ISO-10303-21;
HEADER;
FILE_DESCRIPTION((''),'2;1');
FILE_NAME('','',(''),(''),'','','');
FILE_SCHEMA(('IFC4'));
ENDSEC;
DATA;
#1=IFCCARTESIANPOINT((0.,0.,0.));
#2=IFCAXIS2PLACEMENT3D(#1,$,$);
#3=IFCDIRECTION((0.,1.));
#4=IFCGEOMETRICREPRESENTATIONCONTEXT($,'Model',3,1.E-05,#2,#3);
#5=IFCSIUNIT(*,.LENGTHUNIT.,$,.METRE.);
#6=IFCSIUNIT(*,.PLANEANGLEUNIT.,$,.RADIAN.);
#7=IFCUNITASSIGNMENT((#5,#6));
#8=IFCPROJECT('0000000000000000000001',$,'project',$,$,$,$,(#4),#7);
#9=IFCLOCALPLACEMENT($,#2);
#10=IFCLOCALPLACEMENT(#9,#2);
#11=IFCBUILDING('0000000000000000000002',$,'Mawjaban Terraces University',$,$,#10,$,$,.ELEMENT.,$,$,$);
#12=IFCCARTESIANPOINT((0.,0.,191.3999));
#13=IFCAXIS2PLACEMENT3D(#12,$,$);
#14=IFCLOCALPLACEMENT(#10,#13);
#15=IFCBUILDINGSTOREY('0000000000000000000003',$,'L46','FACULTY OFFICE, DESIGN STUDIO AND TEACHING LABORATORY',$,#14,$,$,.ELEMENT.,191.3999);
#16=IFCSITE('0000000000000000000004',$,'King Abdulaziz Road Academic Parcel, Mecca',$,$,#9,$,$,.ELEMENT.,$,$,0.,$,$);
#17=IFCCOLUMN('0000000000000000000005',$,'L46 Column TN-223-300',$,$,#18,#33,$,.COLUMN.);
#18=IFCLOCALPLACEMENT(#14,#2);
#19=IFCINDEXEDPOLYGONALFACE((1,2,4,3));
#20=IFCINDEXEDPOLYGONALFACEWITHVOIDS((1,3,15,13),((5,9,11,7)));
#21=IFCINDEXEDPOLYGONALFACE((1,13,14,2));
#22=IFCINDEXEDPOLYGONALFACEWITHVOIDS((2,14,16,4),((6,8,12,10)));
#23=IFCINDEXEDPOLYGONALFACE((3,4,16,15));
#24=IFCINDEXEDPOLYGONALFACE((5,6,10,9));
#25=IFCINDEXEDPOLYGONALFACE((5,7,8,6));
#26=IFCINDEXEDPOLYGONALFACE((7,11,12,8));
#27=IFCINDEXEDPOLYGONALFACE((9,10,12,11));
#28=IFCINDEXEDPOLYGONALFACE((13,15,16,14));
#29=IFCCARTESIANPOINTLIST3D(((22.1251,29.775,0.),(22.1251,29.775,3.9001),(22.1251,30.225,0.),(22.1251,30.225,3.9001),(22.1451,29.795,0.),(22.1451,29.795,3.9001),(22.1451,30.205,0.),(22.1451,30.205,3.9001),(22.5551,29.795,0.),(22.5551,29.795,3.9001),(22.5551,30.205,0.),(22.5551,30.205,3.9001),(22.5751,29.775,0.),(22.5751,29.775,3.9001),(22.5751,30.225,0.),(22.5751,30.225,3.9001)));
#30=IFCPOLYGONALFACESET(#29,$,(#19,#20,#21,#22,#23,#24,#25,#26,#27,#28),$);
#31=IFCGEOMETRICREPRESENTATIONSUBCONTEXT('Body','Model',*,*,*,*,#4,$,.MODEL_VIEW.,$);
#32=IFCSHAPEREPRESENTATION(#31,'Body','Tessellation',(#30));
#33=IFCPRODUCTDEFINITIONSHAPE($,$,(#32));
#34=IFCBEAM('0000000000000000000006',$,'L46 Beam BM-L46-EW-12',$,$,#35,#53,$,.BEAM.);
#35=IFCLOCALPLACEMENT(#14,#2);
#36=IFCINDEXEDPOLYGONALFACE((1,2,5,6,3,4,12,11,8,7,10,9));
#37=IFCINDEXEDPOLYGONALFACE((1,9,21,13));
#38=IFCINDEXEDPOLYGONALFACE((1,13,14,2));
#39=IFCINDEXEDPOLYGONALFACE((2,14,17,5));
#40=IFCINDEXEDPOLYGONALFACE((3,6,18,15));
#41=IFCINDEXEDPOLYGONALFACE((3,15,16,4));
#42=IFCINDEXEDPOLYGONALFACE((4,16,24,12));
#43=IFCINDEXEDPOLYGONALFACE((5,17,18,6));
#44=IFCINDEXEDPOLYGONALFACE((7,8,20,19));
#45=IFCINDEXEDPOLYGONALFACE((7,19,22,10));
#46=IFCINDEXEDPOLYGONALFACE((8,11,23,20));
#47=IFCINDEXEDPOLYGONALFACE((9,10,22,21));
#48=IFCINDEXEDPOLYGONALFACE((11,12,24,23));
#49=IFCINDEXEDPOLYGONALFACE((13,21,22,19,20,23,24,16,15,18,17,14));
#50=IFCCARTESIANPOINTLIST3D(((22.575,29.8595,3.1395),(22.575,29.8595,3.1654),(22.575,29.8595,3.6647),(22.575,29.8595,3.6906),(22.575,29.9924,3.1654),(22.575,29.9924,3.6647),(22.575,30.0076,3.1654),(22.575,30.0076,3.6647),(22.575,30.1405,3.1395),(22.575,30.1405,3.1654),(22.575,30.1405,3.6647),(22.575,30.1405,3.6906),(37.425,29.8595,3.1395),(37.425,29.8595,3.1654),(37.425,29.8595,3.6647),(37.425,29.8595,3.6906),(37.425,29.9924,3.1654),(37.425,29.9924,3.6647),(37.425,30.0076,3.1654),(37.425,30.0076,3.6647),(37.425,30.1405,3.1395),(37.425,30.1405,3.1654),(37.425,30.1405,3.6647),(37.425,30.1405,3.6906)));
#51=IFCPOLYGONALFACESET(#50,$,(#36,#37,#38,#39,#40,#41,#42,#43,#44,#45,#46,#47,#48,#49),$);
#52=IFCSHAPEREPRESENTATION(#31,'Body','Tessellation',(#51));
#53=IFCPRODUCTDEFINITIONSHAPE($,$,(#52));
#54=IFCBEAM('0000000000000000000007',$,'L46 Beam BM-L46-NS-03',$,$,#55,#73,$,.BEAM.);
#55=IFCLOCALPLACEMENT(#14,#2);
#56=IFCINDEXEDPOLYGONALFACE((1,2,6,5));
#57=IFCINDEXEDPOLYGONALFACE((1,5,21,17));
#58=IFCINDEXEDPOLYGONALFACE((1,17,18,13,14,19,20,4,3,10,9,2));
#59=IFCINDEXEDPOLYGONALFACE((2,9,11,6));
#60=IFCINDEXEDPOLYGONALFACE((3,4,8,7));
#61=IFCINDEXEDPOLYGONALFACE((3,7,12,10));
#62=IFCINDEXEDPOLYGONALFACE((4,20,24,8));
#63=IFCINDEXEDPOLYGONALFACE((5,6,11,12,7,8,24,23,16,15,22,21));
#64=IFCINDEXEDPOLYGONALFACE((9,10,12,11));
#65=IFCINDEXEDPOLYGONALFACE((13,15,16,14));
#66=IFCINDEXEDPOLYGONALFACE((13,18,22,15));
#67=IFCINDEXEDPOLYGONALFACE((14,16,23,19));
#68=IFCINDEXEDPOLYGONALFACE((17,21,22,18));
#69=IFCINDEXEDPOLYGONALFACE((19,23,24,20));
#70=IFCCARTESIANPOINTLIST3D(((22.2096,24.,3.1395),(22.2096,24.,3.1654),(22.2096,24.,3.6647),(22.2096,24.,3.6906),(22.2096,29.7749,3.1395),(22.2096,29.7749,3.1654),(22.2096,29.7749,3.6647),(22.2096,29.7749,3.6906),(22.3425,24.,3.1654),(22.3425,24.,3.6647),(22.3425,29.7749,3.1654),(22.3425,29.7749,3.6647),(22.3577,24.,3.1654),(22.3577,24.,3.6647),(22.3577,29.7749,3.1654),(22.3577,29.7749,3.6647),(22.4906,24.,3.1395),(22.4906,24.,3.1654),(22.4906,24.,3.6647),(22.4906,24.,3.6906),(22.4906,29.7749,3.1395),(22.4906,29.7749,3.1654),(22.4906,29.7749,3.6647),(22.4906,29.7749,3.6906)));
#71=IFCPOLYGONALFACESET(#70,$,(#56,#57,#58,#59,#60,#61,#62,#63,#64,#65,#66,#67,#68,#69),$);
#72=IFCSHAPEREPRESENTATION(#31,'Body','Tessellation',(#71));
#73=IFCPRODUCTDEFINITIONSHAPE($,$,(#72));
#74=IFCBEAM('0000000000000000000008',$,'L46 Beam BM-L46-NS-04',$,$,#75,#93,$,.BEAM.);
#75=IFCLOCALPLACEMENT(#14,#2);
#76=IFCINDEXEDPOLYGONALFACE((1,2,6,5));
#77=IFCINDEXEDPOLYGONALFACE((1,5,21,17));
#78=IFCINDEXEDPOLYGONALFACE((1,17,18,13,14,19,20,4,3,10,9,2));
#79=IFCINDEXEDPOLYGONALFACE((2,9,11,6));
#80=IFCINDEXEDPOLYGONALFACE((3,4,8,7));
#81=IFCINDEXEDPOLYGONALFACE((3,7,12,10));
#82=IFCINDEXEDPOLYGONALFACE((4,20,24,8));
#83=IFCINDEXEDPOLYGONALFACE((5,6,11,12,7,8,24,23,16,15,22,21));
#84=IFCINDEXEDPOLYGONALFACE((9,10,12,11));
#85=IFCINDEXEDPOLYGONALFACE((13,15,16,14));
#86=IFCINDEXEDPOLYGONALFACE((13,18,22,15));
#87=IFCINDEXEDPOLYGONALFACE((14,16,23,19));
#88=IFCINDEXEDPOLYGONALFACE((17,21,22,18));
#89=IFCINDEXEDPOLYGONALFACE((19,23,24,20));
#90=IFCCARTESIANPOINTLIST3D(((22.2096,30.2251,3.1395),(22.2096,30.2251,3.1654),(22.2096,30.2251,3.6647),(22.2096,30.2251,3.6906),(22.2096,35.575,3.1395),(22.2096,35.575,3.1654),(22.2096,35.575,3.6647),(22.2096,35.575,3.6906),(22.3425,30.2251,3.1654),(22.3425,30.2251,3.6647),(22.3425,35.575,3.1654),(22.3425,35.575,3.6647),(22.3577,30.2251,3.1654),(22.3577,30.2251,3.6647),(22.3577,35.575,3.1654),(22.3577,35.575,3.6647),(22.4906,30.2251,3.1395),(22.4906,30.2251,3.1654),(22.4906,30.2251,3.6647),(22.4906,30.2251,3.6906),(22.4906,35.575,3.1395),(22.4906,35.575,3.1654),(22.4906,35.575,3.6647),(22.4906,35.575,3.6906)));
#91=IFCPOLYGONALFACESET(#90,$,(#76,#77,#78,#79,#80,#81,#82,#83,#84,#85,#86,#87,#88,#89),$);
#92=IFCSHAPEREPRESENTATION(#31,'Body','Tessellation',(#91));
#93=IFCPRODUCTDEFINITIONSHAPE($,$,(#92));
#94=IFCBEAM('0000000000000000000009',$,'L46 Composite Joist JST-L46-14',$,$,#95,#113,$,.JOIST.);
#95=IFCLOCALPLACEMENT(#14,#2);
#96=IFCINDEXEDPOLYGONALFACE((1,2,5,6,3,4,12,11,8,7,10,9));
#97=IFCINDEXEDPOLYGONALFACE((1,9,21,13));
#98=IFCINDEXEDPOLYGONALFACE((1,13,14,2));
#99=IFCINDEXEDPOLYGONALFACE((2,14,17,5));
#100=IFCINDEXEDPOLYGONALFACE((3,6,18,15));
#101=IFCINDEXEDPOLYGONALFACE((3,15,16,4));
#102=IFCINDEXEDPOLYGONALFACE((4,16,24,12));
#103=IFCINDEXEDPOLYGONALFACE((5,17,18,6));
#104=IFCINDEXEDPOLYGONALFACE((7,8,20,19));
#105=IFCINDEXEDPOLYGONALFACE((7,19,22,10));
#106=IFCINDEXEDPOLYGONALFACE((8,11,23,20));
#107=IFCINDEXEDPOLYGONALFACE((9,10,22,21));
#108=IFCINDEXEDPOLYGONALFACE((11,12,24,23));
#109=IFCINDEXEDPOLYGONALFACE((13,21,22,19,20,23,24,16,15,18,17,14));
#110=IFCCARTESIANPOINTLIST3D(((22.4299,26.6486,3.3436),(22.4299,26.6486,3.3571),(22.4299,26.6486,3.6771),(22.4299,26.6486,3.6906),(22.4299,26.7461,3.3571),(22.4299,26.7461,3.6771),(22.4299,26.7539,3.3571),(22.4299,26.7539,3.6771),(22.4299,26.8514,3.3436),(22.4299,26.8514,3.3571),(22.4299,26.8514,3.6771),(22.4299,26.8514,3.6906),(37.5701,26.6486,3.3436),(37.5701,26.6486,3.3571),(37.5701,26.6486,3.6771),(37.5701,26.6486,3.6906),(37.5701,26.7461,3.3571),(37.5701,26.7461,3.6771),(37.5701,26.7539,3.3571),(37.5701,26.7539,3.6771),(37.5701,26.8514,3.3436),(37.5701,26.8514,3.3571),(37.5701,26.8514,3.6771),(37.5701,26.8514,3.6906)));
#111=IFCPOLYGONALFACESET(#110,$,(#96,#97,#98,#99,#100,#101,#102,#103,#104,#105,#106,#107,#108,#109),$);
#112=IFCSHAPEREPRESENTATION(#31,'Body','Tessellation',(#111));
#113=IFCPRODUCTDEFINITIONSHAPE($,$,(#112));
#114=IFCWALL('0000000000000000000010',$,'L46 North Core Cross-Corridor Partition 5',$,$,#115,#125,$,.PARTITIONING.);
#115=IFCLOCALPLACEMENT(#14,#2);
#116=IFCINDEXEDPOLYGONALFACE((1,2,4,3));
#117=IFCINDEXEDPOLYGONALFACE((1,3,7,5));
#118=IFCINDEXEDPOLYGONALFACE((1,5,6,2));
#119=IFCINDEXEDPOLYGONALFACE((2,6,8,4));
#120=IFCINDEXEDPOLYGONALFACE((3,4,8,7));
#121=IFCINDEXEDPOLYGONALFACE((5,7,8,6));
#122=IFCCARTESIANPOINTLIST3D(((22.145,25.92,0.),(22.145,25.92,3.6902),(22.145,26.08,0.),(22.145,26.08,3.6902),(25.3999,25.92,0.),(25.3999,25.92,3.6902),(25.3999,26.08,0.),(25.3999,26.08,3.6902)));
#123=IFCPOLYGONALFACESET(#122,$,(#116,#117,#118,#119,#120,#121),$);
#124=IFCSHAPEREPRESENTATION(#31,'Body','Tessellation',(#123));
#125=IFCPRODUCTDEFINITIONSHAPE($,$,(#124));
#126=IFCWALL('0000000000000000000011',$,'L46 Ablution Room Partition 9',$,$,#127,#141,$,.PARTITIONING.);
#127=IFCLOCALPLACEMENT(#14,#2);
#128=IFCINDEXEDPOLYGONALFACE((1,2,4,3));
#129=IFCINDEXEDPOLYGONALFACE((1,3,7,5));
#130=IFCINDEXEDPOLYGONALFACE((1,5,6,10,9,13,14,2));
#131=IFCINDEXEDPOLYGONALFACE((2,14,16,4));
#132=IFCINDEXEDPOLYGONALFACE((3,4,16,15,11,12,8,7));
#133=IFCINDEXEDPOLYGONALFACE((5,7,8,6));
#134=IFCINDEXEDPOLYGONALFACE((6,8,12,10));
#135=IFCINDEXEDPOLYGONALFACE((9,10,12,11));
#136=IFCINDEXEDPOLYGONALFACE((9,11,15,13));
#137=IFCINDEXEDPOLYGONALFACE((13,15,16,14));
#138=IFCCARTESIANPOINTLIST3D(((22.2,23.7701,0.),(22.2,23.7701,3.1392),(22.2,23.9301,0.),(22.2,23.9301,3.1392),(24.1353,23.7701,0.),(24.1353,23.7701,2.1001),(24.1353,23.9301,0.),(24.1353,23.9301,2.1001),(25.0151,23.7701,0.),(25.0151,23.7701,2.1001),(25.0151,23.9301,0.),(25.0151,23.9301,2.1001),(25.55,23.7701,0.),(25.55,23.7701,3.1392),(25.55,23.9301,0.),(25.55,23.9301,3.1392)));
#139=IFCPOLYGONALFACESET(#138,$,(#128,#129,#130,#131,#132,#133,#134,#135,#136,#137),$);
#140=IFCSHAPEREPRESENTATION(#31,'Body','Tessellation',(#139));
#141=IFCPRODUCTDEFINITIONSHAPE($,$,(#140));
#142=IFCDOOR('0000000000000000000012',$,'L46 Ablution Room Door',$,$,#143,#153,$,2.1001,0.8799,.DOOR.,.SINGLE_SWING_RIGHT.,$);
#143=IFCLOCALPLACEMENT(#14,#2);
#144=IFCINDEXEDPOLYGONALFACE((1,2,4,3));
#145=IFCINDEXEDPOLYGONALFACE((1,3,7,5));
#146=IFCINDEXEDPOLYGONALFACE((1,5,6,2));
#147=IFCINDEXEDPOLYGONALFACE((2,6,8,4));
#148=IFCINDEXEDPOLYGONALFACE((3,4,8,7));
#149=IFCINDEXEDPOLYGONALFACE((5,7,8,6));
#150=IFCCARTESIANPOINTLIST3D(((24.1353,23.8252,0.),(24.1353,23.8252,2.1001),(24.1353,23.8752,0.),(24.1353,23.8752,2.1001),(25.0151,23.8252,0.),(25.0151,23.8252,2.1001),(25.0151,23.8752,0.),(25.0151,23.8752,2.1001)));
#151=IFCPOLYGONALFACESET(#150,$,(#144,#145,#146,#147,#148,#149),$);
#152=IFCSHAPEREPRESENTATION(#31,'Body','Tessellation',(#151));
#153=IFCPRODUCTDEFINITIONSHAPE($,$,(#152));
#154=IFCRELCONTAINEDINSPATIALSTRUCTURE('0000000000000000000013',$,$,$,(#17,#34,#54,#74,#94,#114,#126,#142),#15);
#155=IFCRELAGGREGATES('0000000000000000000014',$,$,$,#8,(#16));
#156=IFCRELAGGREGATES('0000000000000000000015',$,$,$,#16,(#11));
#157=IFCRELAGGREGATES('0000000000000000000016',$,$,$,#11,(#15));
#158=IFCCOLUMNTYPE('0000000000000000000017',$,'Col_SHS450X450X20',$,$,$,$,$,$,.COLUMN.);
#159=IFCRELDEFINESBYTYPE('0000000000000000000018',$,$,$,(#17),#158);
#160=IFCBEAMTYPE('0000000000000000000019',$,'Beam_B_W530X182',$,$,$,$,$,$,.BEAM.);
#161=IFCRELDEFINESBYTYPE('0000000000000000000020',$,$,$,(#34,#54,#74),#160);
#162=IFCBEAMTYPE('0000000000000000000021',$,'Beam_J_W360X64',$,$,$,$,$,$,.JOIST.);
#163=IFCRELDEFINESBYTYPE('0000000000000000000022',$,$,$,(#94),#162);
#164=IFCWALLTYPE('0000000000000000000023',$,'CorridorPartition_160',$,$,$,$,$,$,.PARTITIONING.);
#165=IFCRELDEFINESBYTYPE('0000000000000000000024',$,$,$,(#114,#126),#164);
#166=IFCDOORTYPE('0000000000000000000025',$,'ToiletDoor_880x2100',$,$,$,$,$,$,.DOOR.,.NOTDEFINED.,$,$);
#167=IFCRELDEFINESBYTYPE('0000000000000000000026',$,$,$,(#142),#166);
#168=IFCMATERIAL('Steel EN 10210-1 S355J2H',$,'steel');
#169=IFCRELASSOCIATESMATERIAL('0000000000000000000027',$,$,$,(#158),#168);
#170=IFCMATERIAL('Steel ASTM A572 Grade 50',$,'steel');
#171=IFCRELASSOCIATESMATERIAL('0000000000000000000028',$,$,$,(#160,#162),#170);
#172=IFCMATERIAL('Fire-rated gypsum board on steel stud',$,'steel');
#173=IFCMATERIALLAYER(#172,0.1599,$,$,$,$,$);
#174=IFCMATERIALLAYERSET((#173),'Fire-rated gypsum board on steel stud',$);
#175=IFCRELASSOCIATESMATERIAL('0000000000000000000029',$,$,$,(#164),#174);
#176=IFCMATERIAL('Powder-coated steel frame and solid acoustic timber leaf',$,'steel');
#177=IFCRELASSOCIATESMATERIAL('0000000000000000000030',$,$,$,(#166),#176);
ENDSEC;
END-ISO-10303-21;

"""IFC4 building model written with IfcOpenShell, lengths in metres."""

from ifc_helpers import new_model, si_unit, direction, frame, frame_2d, origin, origin_2d, place, context, subcontext, project, spatial, rectangle, hollow_rectangle, i_section, extrude, material, layer, layer_set, material_profile, profile_set, type_object, element, fill, save


model = new_model("IFC4")

# Units and contexts
model_context = context("Model", 3, precision=1e-05, world=origin(), true_north=direction((0.0, 1.0)))
body_context = subcontext(model_context, "Body", "Model", "MODEL_VIEW")
ifc_project = project(units=[si_unit("LENGTHUNIT", "METRE"), si_unit("PLANEANGLEUNIT", "RADIAN")], contexts=[model_context])

# Site, building, storey
site_placement = place(None, origin())
site = spatial("IfcSite", under=ifc_project, at=site_placement, Name="King Abdulaziz Road Academic Parcel, Mecca", CompositionType="ELEMENT", RefElevation=0.0)
building_placement = place(site_placement, origin())
building = spatial("IfcBuilding", under=site, at=building_placement, Name="Mawjaban Terraces University", CompositionType="ELEMENT")
storey_placement = place(building_placement, frame((0.0, 0.0, 191.3999)))
storey = spatial("IfcBuildingStorey", under=building, at=storey_placement, Name="L46", Description="FACULTY OFFICE, DESIGN STUDIO AND TEACHING LABORATORY", CompositionType="ELEMENT", Elevation=191.3999)

# Column
ifc_material_1 = material(Name="Steel EN 10210-1 S355J2H", Category="steel")
ifc_material_profile_1 = material_profile(ifc_material_1, hollow_rectangle(XDim=0.45, YDim=0.45, WallThickness=0.02, at=origin_2d()), Name="SHS450X450X20")
ifc_profile_set_1 = profile_set([ifc_material_profile_1], Name="Steel EN 10210-1 S355J2H")
column_type = type_object("IfcColumnType", Name="Col_SHS450X450X20", PredefinedType="COLUMN", material=ifc_profile_set_1)
column_placement = place(storey_placement, frame((22.3501, 30.0, 0.0), z_axis=(0.0, 0.0, 1.0), x_axis=(1.0, 0.0, 0.0)))
element("IfcColumn", 1, at=column_placement, inside=storey, type_object=column_type, Name="L46 Column TN-223-300", PredefinedType="COLUMN", context=body_context, shape_type="SweptSolid", body=[
    extrude(hollow_rectangle(XDim=0.45, YDim=0.45, WallThickness=0.02, at=origin_2d()), origin(), (0.0, 0.0, 1.0), 3.9001),
])

# Beams
ifc_material_2 = material(Name="Steel ASTM A572 Grade 50", Category="steel")
ifc_material_profile_2 = material_profile(ifc_material_2, i_section(OverallWidth=0.281, OverallDepth=0.551, WebThickness=0.0151, FlangeThickness=0.0259, at=origin_2d()), Name="W530X182")
ifc_profile_set_2 = profile_set([ifc_material_profile_2], Name="Steel ASTM A572 Grade 50")
beam_type_1 = type_object("IfcBeamType", Name="Beam_B_W530X182", PredefinedType="BEAM", material=ifc_profile_set_2)
beam_1_placement = place(storey_placement, frame((22.575, 30.0, 3.415), z_axis=(1.0, 0.0, 0.0), x_axis=(0.0, 1.0, 0.0)))
element("IfcBeam", 2, at=beam_1_placement, inside=storey, type_object=beam_type_1, Name="L46 Beam BM-L46-EW-12", PredefinedType="BEAM", context=body_context, shape_type="SweptSolid", body=[
    extrude(i_section(OverallWidth=0.281, OverallDepth=0.551, WebThickness=0.0151, FlangeThickness=0.0259, at=origin_2d()), origin(), (0.0, 0.0, 1.0), 14.8501),
])
beam_2_placement = place(storey_placement, frame((22.3501, 24.0, 3.415), z_axis=(0.0, 1.0, 0.0), x_axis=(-1.0, 0.0, 0.0)))
element("IfcBeam", 3, at=beam_2_placement, inside=storey, type_object=beam_type_1, Name="L46 Beam BM-L46-NS-03", PredefinedType="BEAM", context=body_context, shape_type="SweptSolid", body=[
    extrude(i_section(OverallWidth=0.281, OverallDepth=0.551, WebThickness=0.0151, FlangeThickness=0.0259, at=origin_2d()), origin(), (0.0, 0.0, 1.0), 5.7749),
])
beam_3_placement = place(storey_placement, frame((22.3501, 30.2251, 3.415), z_axis=(0.0, 1.0, 0.0), x_axis=(-1.0, 0.0, 0.0)))
element("IfcBeam", 4, at=beam_3_placement, inside=storey, type_object=beam_type_1, Name="L46 Beam BM-L46-NS-04", PredefinedType="BEAM", context=body_context, shape_type="SweptSolid", body=[
    extrude(i_section(OverallWidth=0.281, OverallDepth=0.551, WebThickness=0.0151, FlangeThickness=0.0259, at=origin_2d()), origin(), (0.0, 0.0, 1.0), 5.3499),
])
ifc_material_profile_3 = material_profile(ifc_material_2, i_section(OverallWidth=0.2029, OverallDepth=0.3469, WebThickness=0.0078, FlangeThickness=0.0134, at=origin_2d()), Name="W360X64")
ifc_profile_set_3 = profile_set([ifc_material_profile_3], Name="Steel ASTM A572 Grade 50")
beam_type_2 = type_object("IfcBeamType", Name="Beam_J_W360X64", PredefinedType="JOIST", material=ifc_profile_set_3)
beam_4_placement = place(storey_placement, frame((22.4299, 26.75, 3.5171), z_axis=(1.0, 0.0, 0.0), x_axis=(0.0, 1.0, 0.0)))
element("IfcBeam", 5, at=beam_4_placement, inside=storey, type_object=beam_type_2, Name="L46 Composite Joist JST-L46-14", PredefinedType="JOIST", context=body_context, shape_type="SweptSolid", body=[
    extrude(i_section(OverallWidth=0.2029, OverallDepth=0.3469, WebThickness=0.0078, FlangeThickness=0.0134, at=origin_2d()), origin(), (0.0, 0.0, 1.0), 15.1401),
])

# Wall
ifc_material_3 = material(Name="Fire-rated gypsum board on steel stud", Category="steel")
ifc_layer_1 = layer(ifc_material_3, 0.1599)
ifc_layer_set_1 = layer_set([ifc_layer_1], Name="Fire-rated gypsum board on steel stud")
wall_type_1 = type_object("IfcWallType", Name="CorridorPartition_160", PredefinedType="PARTITIONING", material=ifc_layer_set_1)
wall_1_placement = place(storey_placement, frame((25.3999, 26.0, 0.0), z_axis=(0.0, 0.0, 1.0), x_axis=(-1.0, 0.0, 0.0)))
element("IfcWall", 6, at=wall_1_placement, inside=storey, type_object=wall_type_1, Name="L46 North Core Cross-Corridor Partition 5", PredefinedType="PARTITIONING", context=body_context, shape_type="SweptSolid", body=[
    extrude(rectangle(XDim=3.2549, YDim=0.1599, at=frame_2d((1.6274, 0.0))), origin(), (0.0, 0.0, 1.0), 3.6902),
])

# Wall, opening, door
wall_2_placement = place(storey_placement, frame((25.55, 23.8501, 0.0), z_axis=(0.0, 0.0, 1.0), x_axis=(-1.0, 0.0, 0.0)))
wall_2 = element("IfcWall", 7, at=wall_2_placement, inside=storey, type_object=wall_type_1, Name="L46 Ablution Room Partition 9", PredefinedType="PARTITIONING", context=body_context, shape_type="SweptSolid", body=[
    extrude(rectangle(XDim=3.3501, YDim=0.1599, at=frame_2d((1.675, 0.0))), origin(), (0.0, 0.0, 1.0), 3.1392),
])
opening_1_placement = place(wall_2_placement, frame((0.5349, 0.0, 0.0)))
opening_1 = element("IfcOpeningElement", 8, at=opening_1_placement, cuts=wall_2, PredefinedType="OPENING", context=body_context, shape_type="SweptSolid", body=[
    extrude(rectangle(XDim=0.8799, YDim=2.1001, at=frame_2d((0.4399, 1.05))), frame((0.0, 0.0898, 0.0), z_axis=(0.0, -1.0, 0.0), x_axis=(1.0, 0.0, 0.0)), (0.0, 0.0, 1.0), 0.1799),
])
ifc_material_4 = material(Name="Powder-coated steel frame and solid acoustic timber leaf", Category="steel")
door_type_1 = type_object("IfcDoorType", Name="ToiletDoor_880x2100", OperationType="NOTDEFINED", PredefinedType="DOOR", material=ifc_material_4)
door_1_placement = place(opening_1_placement, origin())
door_1 = element("IfcDoor", 9, at=door_1_placement, inside=storey, type_object=door_type_1, Name="L46 Ablution Room Door", OperationType="SINGLE_SWING_RIGHT", OverallHeight=2.1001, OverallWidth=0.8799, PredefinedType="DOOR", context=body_context, shape_type="SweptSolid", body=[
    extrude(rectangle(XDim=0.8799, YDim=2.1001, at=frame_2d((0.4399, 1.05))), frame((0.0, 0.0249, 0.0), z_axis=(0.0, -1.0, 0.0), x_axis=(1.0, 0.0, 0.0)), (0.0, 0.0, 1.0), 0.05),
])
fill(opening_1, door_1)

save(model, "model.ifc")
